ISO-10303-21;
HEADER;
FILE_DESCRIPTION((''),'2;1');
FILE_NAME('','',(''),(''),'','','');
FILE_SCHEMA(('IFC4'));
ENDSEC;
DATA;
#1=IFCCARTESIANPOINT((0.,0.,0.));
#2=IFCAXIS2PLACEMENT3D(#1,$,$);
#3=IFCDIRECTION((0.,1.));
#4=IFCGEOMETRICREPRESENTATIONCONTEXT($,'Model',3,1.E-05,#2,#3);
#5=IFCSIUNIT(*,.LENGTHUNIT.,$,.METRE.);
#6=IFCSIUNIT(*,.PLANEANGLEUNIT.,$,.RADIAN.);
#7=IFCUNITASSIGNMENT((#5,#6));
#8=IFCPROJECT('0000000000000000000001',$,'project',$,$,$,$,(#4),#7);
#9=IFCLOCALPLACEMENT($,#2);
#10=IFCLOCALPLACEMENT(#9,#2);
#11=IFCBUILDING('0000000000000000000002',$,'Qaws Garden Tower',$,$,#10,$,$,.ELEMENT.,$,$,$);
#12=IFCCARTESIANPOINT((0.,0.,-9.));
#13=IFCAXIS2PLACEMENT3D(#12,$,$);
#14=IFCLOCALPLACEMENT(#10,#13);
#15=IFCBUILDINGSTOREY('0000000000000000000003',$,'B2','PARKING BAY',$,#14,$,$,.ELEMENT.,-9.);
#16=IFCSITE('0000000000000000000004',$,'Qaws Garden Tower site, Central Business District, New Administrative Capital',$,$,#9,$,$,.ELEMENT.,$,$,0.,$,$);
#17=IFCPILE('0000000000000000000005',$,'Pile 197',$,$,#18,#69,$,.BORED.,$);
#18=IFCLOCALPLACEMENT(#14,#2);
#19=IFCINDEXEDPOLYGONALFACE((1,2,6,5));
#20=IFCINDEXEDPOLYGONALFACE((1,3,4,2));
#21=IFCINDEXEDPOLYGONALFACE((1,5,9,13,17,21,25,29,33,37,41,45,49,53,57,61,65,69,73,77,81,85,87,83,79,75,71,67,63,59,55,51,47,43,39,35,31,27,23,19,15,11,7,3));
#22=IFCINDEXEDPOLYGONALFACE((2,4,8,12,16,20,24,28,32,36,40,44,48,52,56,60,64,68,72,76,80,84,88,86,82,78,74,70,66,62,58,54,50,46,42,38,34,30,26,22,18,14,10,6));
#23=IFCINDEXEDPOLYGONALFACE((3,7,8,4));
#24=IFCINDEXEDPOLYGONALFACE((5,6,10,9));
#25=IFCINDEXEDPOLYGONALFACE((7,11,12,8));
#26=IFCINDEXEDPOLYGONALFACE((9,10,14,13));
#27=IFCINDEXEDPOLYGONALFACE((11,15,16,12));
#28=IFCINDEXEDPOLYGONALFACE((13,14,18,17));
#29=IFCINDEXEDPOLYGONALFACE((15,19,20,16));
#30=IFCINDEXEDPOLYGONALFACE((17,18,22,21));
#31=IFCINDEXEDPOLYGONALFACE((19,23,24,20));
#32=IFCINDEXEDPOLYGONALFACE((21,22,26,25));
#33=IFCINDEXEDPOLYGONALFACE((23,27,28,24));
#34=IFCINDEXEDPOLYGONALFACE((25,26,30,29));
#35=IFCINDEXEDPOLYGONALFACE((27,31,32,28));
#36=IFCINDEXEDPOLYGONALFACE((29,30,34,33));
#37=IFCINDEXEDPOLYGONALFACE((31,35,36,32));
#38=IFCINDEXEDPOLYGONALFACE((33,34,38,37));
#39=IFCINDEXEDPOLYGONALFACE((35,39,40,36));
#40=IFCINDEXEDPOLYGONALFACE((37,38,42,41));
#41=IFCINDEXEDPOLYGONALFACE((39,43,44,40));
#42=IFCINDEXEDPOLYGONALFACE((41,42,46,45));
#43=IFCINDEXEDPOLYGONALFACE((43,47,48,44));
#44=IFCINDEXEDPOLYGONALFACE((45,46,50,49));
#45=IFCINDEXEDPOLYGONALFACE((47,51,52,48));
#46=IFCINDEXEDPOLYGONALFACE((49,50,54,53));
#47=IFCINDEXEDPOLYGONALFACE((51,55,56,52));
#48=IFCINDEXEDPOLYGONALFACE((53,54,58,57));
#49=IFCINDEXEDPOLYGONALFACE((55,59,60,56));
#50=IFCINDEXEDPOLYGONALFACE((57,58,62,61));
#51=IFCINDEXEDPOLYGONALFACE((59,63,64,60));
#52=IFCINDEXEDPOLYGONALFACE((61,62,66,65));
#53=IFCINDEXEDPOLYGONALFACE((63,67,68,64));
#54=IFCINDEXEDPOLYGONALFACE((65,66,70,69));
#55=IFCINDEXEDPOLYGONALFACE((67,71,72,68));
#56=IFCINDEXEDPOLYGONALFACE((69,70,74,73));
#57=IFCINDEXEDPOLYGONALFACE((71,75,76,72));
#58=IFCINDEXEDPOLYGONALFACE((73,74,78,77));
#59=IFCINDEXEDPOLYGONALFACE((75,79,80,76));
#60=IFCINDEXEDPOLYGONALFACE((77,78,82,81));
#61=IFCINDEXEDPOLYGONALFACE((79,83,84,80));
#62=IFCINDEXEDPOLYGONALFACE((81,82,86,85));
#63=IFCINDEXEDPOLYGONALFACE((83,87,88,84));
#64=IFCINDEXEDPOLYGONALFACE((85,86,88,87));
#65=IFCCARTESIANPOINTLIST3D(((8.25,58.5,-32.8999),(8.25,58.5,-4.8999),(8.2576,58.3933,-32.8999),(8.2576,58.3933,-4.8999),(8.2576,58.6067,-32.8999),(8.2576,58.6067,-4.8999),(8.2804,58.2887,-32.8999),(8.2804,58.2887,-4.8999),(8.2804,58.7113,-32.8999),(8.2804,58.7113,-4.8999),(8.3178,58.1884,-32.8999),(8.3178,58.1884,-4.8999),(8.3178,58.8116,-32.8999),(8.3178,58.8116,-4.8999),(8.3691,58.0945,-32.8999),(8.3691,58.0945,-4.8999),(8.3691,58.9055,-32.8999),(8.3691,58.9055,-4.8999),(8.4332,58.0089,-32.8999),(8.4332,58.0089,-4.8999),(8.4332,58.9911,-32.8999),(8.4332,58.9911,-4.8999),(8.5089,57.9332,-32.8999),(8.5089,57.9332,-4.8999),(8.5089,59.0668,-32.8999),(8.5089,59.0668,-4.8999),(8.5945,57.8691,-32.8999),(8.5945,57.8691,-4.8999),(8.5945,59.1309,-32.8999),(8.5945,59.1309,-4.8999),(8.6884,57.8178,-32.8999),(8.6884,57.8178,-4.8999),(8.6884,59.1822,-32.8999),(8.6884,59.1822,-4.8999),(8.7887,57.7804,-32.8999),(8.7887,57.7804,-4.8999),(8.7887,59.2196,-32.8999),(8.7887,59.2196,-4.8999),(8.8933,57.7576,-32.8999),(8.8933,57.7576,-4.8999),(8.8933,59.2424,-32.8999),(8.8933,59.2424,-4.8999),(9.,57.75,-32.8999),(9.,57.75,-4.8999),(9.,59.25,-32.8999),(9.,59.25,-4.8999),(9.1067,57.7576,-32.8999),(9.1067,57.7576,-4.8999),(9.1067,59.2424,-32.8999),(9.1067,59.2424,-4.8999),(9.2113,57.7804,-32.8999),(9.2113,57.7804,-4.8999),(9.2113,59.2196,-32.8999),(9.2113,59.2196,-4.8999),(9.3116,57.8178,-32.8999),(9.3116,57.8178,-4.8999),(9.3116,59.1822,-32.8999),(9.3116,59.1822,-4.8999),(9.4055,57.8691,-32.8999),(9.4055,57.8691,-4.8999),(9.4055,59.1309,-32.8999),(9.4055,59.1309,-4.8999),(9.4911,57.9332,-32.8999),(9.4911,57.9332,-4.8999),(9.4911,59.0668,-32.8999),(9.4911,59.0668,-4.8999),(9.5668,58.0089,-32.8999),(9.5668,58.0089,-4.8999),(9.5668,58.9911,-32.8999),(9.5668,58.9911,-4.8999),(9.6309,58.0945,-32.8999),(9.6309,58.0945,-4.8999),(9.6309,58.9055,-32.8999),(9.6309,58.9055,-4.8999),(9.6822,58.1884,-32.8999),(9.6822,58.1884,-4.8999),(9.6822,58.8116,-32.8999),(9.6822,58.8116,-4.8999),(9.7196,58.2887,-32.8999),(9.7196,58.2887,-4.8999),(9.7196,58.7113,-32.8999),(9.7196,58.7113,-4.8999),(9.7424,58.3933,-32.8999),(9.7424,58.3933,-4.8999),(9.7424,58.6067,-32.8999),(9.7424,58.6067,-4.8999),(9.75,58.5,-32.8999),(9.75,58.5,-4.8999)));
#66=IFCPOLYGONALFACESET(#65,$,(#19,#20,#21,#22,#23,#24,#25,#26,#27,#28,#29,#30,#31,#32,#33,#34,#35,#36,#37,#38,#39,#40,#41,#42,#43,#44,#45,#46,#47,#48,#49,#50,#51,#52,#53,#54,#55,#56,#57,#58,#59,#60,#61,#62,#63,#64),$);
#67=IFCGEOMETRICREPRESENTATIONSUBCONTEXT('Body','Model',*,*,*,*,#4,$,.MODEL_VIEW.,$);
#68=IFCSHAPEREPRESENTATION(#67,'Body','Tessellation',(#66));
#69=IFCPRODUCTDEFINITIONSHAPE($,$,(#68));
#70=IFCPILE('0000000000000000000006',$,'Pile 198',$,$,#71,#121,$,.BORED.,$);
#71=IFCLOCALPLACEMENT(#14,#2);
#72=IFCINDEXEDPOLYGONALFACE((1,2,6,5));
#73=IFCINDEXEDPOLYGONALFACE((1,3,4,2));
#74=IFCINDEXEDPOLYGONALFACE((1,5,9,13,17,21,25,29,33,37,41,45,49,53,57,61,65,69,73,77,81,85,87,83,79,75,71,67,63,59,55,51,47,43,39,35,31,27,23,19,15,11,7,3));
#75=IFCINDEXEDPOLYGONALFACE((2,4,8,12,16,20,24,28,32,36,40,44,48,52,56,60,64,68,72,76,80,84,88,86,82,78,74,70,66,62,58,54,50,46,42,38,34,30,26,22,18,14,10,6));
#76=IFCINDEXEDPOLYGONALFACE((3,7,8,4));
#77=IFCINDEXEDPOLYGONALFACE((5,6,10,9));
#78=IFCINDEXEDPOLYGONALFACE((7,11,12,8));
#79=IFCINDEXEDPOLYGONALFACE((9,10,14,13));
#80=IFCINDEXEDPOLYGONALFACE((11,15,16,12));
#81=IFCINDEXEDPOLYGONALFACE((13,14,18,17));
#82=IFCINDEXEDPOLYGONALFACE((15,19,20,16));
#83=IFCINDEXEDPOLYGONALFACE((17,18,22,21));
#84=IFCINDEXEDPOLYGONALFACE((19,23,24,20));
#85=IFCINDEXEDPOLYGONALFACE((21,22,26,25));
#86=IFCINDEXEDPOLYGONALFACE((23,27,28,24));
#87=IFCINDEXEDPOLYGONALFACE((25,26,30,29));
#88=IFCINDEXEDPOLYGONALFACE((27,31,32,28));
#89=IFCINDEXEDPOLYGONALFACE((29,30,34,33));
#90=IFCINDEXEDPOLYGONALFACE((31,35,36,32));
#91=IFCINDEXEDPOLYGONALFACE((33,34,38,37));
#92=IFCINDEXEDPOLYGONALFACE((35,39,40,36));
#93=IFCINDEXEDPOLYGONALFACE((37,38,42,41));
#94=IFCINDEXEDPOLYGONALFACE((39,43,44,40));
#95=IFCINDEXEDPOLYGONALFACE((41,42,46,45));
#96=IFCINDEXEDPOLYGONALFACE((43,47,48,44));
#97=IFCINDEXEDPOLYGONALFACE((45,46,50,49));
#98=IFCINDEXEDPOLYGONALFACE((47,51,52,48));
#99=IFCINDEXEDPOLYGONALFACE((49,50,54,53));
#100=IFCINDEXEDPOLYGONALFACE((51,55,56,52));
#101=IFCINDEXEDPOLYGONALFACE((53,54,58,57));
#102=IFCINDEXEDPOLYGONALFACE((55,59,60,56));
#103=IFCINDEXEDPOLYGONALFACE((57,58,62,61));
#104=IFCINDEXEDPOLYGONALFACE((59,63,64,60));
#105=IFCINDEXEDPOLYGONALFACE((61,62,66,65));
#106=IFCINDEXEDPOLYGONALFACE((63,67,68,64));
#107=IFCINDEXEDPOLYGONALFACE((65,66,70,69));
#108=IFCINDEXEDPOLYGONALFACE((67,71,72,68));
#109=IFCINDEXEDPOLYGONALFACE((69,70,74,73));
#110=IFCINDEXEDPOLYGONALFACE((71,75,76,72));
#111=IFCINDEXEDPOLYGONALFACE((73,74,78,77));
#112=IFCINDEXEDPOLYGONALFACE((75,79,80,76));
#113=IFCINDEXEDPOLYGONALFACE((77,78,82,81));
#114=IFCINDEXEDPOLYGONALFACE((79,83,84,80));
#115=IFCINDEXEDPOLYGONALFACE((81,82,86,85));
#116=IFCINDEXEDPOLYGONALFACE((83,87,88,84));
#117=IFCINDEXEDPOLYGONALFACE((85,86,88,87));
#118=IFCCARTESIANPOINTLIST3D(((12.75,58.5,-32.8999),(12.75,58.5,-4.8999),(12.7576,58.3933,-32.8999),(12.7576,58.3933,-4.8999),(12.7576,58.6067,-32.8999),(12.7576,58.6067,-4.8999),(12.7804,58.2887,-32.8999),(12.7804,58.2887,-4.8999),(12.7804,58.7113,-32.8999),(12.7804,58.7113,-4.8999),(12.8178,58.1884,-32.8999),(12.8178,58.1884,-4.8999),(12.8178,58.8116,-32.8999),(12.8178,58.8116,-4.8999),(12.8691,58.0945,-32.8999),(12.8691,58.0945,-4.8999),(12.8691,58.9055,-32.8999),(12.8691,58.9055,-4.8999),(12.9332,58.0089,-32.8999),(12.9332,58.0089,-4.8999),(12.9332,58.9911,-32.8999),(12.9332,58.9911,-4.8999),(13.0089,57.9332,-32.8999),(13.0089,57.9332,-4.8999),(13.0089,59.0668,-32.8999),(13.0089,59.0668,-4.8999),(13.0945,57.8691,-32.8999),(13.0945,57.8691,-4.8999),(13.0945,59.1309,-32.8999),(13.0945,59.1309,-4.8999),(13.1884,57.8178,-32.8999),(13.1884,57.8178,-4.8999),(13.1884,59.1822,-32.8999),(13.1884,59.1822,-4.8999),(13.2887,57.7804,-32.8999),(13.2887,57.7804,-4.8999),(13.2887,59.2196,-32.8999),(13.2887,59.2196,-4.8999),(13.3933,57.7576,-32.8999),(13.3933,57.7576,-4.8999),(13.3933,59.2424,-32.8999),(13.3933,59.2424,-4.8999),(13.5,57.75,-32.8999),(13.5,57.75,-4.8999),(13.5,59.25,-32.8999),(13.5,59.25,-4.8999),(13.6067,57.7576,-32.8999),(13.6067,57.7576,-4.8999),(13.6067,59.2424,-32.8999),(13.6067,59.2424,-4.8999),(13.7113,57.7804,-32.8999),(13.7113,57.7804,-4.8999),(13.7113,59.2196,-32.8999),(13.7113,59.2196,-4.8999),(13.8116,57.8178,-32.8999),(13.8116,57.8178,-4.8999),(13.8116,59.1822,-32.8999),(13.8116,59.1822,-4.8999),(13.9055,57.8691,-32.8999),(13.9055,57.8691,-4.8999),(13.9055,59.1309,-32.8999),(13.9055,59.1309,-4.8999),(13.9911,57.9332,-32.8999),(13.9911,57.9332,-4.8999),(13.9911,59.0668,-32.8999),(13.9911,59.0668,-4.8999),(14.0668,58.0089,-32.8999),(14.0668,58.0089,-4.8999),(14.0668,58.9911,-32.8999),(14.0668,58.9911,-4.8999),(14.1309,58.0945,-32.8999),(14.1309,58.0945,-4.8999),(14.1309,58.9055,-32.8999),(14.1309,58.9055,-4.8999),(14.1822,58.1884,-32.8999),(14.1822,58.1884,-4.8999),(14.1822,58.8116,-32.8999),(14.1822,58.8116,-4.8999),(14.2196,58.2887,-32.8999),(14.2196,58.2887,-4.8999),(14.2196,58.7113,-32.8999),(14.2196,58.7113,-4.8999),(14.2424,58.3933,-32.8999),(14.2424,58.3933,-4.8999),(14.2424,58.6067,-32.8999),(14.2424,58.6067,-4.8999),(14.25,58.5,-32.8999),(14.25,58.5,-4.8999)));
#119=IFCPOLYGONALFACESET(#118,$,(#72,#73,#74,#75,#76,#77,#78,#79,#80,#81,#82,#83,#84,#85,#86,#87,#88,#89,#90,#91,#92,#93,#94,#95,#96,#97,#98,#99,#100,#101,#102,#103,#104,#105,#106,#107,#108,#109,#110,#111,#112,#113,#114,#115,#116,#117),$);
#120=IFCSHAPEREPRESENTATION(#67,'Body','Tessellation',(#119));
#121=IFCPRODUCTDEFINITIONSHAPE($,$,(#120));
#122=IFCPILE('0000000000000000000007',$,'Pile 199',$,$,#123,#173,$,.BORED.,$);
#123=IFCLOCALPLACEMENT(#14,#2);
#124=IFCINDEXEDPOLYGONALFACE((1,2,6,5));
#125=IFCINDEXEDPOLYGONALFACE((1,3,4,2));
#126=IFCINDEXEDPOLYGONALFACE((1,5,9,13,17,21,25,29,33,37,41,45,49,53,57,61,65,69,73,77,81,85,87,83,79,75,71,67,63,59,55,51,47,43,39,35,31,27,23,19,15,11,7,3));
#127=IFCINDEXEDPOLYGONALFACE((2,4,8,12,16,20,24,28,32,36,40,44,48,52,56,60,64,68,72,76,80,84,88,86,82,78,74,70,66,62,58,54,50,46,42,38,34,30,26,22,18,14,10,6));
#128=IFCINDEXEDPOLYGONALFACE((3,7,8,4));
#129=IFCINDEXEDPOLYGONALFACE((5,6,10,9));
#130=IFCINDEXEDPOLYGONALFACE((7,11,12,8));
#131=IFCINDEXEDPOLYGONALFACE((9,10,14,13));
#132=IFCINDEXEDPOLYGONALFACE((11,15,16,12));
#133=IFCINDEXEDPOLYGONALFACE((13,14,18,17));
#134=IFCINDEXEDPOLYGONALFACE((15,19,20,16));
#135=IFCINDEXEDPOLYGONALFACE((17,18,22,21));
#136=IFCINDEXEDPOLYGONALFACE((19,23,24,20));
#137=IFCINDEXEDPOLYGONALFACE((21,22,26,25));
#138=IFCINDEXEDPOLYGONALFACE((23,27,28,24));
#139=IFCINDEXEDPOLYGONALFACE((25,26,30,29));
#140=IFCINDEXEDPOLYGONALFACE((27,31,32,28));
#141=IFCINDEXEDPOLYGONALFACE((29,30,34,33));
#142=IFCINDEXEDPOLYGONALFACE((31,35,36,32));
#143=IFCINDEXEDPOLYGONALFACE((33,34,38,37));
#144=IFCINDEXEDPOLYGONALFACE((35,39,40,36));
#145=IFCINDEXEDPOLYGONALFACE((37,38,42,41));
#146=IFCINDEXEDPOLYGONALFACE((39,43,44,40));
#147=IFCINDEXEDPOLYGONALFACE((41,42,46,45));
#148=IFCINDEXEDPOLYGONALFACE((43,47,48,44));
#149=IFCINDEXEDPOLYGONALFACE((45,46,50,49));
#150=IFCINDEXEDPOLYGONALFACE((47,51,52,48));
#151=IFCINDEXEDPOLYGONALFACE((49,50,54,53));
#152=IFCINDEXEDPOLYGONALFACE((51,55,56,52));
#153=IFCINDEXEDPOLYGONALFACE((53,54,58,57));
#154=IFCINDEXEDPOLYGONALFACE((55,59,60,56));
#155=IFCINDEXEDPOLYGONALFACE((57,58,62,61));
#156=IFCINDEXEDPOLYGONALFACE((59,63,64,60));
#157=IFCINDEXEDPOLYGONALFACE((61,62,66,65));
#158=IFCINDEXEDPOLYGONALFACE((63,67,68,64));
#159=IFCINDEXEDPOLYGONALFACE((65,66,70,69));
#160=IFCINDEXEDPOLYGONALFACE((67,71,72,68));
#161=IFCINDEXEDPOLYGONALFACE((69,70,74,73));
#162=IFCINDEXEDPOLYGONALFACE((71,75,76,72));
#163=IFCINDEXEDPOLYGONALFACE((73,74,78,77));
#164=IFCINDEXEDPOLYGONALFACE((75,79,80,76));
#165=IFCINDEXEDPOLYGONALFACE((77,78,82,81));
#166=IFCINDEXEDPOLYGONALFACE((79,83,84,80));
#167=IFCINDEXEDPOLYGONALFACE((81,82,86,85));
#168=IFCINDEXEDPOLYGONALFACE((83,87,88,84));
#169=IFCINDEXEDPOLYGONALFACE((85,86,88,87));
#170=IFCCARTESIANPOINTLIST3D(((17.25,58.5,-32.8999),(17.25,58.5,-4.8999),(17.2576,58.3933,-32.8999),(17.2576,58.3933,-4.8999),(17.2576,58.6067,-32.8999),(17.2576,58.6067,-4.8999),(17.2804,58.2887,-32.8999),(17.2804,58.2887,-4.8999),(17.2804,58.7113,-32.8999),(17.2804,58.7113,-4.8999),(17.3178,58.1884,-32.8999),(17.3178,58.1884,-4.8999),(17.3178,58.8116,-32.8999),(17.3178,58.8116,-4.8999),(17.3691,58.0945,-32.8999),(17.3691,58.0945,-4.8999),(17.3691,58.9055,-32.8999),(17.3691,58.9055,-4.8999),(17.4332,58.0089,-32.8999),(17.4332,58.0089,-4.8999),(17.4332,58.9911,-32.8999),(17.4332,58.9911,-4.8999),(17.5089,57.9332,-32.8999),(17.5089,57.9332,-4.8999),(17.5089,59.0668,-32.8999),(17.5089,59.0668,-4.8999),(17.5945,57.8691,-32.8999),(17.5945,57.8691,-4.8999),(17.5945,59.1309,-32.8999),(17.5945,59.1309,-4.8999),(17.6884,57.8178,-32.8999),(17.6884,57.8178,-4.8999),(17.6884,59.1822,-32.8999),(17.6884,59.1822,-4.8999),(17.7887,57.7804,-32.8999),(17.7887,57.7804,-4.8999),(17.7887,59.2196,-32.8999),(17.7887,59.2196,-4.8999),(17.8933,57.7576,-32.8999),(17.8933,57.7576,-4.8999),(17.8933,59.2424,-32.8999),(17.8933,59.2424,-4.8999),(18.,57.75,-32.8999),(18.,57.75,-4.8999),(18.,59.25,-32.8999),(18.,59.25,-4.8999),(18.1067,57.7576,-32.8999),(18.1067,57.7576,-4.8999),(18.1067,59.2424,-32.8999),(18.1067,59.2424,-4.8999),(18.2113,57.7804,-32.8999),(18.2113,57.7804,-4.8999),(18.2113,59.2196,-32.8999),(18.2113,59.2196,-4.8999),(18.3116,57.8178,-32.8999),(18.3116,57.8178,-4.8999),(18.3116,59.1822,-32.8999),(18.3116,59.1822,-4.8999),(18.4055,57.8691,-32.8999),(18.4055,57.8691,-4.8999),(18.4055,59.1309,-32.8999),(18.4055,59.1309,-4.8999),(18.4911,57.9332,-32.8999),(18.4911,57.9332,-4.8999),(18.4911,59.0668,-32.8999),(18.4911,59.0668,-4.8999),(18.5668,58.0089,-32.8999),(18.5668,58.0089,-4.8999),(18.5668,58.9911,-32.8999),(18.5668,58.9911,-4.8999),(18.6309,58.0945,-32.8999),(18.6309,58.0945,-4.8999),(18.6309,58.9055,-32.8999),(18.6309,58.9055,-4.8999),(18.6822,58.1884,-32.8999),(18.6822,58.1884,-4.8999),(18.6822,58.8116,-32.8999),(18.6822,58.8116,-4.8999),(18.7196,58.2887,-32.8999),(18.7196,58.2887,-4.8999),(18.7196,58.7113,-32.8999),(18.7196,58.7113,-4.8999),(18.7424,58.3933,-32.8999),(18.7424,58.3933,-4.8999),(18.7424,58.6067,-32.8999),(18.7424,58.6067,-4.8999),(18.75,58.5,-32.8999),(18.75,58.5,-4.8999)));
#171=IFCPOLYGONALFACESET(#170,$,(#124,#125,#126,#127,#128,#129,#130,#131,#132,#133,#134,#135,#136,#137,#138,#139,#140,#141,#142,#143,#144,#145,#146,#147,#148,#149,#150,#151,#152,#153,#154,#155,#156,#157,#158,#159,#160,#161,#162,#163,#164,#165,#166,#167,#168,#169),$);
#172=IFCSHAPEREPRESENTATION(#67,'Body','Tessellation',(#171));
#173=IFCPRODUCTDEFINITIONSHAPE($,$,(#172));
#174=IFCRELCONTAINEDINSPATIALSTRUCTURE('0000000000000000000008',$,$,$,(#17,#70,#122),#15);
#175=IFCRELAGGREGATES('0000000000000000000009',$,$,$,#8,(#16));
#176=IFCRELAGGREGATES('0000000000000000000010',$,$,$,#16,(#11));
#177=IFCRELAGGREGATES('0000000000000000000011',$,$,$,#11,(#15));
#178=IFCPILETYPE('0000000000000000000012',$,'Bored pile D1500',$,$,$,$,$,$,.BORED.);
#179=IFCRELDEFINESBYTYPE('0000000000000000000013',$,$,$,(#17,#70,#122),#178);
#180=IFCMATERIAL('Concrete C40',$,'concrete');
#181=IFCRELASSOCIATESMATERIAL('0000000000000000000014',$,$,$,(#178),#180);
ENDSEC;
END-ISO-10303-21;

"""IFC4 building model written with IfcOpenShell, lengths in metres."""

from ifc_helpers import new_model, si_unit, direction, frame, origin, origin_2d, place, context, subcontext, project, spatial, circle, extrude, material, material_profile, profile_set, type_object, element, save


model = new_model("IFC4")

# Units and contexts
model_context = context("Model", 3, precision=1e-05, world=origin(), true_north=direction((0.0, 1.0)))
body_context = subcontext(model_context, "Body", "Model", "MODEL_VIEW")
ifc_project = project(units=[si_unit("LENGTHUNIT", "METRE"), si_unit("PLANEANGLEUNIT", "RADIAN")], contexts=[model_context])

# Site, building, storey
site_placement = place(None, origin())
site = spatial("IfcSite", under=ifc_project, at=site_placement, Name="Qaws Garden Tower site, Central Business District, New Administrative Capital", CompositionType="ELEMENT", RefElevation=0.0)
building_placement = place(site_placement, origin())
building = spatial("IfcBuilding", under=site, at=building_placement, Name="Qaws Garden Tower", CompositionType="ELEMENT")
storey_placement = place(building_placement, frame((0.0, 0.0, -9.0)))
storey = spatial("IfcBuildingStorey", under=building, at=storey_placement, Name="B2", Description="PARKING BAY", CompositionType="ELEMENT", Elevation=-9.0)

# Piles
ifc_material_1 = material(Name="Concrete C40", Category="concrete")
ifc_material_profile_1 = material_profile(ifc_material_1, circle(Radius=0.75, at=origin_2d()), Name="Bored pile D1500")
ifc_profile_set_1 = profile_set([ifc_material_profile_1], Name="Concrete C40")
pile_type = type_object("IfcPileType", Name="Bored pile D1500", PredefinedType="BORED", material=ifc_profile_set_1)
for number, where, z_axis, x_axis, name in (
    (1, (9.0, 58.5, -4.8999), (0.0, 0.0, -1.0), (1.0, 0.0, 0.0), "Pile 197"),
    (2, (13.5, 58.5, -4.8999), (0.0, 0.0, -1.0), (1.0, 0.0, 0.0), "Pile 198"),
    (3, (18.0, 58.5, -4.8999), (0.0, 0.0, -1.0), (1.0, 0.0, 0.0), "Pile 199"),
):
    element("IfcPile", number, at=place(storey_placement, frame(where, z_axis=z_axis, x_axis=x_axis)), inside=storey, type_object=pile_type, Name=name, PredefinedType="BORED", context=body_context, shape_type="SweptSolid", body=[
        extrude(circle(Radius=0.75, at=origin_2d()), origin(), (0.0, 0.0, 1.0), 28.0),
    ])

save(model, "model.ifc")
